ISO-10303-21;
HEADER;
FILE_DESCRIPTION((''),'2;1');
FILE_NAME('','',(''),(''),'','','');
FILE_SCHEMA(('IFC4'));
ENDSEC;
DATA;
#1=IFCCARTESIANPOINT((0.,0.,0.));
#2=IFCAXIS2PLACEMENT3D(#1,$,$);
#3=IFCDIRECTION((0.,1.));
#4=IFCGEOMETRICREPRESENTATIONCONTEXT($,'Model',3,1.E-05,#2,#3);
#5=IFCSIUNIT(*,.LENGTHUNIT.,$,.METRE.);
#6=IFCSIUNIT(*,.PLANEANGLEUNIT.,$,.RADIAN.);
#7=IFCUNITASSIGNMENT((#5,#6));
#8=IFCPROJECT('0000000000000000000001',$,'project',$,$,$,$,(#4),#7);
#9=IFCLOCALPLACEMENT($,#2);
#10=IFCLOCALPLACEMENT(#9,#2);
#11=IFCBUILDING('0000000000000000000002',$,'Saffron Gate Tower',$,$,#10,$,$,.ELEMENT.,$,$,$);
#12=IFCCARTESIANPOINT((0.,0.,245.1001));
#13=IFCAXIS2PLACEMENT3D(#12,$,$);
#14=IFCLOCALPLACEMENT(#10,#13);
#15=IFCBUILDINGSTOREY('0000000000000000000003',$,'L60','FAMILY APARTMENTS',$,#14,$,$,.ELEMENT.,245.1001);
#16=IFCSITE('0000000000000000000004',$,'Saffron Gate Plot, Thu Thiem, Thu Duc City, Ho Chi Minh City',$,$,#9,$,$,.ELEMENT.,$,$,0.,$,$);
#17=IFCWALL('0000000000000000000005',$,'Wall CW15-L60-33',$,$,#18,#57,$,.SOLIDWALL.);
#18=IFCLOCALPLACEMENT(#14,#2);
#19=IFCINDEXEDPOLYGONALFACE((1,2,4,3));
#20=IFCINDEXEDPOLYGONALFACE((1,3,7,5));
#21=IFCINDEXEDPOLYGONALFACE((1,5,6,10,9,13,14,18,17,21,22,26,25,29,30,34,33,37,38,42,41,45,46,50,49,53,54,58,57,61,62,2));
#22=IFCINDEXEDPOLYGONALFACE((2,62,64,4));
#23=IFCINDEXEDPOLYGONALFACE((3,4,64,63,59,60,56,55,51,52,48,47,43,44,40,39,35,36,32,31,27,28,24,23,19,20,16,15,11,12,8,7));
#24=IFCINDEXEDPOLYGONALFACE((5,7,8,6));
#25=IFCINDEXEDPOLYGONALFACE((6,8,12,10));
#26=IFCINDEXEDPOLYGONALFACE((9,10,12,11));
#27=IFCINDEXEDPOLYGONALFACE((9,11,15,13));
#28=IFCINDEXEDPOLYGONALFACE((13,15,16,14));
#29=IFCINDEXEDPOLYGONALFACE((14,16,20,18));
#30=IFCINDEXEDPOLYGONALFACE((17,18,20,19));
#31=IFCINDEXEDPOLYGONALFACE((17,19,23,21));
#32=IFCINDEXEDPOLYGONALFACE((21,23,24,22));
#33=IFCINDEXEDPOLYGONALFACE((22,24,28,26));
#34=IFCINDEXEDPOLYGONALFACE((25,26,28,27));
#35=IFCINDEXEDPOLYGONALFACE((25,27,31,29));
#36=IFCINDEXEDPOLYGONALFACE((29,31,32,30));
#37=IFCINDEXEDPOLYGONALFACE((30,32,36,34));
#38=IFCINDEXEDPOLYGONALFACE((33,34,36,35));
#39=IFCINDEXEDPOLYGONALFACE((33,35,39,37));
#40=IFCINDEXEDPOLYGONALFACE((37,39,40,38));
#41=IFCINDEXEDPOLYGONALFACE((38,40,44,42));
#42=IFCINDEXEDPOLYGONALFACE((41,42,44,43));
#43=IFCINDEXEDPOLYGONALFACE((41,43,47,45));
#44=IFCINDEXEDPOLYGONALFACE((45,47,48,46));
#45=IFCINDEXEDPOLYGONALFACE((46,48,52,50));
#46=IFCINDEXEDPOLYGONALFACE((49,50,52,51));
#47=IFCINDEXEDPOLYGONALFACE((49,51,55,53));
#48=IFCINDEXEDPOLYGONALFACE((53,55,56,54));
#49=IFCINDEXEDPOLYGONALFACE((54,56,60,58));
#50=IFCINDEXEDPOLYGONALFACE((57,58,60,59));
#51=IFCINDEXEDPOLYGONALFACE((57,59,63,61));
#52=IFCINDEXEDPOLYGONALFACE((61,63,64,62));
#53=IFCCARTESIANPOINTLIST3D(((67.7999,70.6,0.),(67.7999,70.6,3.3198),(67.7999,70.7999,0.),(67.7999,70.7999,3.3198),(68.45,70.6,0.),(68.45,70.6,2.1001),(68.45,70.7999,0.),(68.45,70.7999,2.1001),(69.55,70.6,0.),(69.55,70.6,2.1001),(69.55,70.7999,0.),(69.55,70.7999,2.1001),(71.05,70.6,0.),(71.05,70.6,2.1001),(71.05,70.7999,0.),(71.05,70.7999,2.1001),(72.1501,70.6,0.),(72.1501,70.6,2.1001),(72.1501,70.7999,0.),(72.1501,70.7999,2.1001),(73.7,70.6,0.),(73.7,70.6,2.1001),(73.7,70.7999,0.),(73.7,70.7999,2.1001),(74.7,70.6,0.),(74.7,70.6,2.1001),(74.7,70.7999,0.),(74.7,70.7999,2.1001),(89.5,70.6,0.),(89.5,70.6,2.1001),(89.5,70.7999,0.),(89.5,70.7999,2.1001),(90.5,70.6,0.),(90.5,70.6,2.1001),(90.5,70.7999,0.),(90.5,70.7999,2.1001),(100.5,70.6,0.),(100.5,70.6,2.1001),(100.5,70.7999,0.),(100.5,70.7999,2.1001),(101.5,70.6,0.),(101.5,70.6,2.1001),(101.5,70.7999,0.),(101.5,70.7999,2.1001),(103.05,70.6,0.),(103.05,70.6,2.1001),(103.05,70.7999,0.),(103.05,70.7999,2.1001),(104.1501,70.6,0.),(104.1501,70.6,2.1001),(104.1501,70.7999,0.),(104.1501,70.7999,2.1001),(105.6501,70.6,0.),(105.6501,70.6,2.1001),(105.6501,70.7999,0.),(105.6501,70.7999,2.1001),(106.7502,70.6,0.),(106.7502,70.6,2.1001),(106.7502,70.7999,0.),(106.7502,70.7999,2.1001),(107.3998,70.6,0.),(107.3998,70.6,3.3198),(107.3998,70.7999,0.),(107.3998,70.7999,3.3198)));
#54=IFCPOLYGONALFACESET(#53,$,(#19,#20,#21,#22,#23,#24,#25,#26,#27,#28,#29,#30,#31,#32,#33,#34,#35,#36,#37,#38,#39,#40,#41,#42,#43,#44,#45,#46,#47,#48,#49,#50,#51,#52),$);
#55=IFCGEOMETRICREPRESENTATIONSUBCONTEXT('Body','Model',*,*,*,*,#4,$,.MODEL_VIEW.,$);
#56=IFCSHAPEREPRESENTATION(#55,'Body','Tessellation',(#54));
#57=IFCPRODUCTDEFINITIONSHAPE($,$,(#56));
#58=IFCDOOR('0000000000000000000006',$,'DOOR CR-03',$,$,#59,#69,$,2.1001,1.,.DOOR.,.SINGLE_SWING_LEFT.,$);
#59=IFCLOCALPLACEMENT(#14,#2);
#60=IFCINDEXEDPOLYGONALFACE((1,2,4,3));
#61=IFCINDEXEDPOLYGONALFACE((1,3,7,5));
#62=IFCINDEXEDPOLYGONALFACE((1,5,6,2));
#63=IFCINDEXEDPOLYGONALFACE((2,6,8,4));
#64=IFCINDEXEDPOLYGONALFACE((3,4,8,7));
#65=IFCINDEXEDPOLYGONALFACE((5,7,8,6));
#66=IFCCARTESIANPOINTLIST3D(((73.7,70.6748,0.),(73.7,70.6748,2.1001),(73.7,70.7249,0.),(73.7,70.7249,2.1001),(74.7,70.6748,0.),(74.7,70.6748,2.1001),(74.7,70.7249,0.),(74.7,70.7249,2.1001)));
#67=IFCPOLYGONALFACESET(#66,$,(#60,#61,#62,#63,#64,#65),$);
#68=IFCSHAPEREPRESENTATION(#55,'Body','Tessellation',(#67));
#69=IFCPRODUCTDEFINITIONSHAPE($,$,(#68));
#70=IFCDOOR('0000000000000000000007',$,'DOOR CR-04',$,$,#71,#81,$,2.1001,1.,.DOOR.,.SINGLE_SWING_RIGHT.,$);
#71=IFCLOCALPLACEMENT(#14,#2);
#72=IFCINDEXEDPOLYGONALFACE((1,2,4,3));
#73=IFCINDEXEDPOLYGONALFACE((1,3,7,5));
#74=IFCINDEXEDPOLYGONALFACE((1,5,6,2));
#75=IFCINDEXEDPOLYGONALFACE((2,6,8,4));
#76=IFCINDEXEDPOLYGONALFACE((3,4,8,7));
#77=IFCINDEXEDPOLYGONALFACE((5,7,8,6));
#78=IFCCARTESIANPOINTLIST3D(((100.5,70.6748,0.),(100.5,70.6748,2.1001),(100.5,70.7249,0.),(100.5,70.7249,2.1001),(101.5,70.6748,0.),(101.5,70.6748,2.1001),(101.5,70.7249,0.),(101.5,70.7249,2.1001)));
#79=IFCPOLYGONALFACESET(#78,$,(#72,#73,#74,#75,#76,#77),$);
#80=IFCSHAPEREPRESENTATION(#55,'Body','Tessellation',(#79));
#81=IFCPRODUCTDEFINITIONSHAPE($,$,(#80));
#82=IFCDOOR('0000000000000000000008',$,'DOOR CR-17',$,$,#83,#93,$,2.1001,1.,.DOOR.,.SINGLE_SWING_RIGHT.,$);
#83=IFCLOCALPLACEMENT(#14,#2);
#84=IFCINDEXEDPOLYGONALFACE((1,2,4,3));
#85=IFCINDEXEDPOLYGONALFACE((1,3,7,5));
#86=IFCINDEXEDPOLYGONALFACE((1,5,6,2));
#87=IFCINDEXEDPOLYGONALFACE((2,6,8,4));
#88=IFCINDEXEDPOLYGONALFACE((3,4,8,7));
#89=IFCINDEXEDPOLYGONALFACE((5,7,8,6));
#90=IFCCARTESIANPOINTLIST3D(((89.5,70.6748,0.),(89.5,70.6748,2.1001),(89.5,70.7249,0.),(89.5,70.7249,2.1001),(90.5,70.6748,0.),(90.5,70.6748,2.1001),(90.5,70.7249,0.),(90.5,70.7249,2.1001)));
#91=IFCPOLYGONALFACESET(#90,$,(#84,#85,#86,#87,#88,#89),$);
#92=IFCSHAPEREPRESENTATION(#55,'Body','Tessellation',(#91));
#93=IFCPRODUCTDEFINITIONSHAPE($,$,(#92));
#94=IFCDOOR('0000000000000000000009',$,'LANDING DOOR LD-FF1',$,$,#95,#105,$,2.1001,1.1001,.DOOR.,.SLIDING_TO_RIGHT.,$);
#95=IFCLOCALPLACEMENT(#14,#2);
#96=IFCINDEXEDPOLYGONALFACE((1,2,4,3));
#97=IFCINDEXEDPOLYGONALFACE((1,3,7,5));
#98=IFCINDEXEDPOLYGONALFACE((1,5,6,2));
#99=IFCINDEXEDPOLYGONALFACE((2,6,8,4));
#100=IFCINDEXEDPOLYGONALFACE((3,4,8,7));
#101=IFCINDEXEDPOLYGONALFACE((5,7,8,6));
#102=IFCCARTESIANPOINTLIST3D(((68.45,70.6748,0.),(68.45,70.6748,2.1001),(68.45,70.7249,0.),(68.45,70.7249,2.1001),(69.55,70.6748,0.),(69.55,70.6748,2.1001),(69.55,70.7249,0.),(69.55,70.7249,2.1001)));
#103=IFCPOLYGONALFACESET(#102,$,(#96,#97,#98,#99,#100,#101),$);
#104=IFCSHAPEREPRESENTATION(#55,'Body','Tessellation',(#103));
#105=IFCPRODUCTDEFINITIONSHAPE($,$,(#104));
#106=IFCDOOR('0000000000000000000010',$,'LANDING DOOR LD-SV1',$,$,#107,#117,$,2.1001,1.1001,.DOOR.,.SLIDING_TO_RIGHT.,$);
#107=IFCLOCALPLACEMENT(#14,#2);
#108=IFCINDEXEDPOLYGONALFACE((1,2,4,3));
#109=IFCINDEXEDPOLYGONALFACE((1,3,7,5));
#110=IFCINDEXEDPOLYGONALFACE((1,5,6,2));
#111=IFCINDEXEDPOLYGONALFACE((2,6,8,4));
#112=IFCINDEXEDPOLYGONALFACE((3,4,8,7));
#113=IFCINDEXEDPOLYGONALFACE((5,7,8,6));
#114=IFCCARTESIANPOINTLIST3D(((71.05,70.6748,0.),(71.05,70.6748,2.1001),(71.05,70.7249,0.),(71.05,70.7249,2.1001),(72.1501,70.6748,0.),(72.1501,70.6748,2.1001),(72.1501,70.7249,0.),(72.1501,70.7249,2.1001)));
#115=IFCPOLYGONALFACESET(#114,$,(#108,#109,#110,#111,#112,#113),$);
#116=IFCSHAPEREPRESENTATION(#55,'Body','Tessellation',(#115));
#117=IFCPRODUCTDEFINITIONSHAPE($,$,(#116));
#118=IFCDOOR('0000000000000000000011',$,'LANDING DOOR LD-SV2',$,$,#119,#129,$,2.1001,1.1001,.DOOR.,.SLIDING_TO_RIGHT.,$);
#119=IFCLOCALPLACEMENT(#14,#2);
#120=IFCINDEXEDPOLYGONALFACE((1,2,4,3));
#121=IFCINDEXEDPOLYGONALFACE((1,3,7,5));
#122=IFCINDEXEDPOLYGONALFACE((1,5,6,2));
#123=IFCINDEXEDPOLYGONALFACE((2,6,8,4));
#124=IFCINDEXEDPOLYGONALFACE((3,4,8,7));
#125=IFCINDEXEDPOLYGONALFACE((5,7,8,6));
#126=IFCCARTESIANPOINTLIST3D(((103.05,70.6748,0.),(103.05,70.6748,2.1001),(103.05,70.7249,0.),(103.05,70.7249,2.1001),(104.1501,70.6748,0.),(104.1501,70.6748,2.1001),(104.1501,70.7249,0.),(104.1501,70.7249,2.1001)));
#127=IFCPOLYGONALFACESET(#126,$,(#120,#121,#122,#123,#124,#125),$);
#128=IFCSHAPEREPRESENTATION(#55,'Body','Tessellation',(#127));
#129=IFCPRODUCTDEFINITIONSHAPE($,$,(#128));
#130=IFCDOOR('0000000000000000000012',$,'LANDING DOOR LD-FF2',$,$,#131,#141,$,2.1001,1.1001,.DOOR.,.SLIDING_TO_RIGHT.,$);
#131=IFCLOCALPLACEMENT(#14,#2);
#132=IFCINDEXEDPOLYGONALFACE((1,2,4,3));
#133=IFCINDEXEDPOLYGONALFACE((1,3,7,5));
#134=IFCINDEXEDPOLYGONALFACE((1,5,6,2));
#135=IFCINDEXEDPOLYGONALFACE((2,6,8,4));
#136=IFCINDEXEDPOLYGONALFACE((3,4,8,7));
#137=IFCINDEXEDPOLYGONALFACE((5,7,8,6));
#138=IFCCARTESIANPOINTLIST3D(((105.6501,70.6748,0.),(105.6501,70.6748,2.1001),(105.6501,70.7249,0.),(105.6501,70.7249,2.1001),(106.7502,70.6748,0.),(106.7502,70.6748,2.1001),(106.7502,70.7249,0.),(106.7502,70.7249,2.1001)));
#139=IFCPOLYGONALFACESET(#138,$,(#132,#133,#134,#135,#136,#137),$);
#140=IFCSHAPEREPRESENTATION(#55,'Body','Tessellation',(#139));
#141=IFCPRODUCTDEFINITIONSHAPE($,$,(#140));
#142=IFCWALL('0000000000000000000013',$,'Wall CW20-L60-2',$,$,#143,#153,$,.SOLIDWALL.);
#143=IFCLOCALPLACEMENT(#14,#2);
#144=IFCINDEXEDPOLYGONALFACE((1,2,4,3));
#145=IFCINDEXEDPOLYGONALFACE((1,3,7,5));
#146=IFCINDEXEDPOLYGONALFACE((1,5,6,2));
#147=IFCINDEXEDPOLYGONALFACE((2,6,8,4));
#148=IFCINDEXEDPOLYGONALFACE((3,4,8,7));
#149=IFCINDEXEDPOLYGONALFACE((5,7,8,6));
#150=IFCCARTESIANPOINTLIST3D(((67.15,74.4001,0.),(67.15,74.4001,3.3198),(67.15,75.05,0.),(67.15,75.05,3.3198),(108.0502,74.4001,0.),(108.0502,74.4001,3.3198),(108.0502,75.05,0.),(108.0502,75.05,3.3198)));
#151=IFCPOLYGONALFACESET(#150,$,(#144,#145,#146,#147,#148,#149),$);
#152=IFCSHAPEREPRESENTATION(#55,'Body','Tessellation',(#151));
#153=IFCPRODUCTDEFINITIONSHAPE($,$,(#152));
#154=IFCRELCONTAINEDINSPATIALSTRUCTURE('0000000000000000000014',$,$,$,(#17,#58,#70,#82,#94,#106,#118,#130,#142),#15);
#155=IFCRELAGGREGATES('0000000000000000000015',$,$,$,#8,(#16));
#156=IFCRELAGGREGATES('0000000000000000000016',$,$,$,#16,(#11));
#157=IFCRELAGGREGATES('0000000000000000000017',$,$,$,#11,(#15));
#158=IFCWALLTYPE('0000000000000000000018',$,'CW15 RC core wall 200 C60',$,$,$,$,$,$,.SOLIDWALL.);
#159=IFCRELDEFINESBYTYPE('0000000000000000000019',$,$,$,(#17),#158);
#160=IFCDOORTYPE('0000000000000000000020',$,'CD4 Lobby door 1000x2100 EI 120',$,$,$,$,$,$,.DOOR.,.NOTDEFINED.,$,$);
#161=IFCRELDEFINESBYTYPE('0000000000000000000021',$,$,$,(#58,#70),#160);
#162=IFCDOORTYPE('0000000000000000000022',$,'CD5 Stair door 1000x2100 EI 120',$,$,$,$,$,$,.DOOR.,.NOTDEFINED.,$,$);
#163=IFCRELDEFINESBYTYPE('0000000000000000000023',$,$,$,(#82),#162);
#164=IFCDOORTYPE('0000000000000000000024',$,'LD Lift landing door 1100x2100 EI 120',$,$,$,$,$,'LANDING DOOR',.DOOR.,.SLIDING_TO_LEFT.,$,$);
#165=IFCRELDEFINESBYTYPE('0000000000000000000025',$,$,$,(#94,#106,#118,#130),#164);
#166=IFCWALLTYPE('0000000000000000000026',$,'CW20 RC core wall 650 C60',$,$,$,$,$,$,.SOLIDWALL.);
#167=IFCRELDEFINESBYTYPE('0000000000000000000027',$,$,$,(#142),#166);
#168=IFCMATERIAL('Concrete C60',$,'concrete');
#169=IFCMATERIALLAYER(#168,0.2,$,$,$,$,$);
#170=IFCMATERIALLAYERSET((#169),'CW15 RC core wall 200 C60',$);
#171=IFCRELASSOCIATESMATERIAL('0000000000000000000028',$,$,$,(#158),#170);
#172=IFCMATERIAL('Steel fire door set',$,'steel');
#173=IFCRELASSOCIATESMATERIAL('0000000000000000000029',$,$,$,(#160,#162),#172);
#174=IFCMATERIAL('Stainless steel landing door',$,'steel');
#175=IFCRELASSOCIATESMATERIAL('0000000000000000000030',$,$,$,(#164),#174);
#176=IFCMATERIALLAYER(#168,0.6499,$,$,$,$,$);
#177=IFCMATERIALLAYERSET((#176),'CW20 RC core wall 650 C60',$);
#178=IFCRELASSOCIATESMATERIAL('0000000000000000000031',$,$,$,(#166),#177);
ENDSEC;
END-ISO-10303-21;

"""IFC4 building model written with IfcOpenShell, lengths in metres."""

from ifc_helpers import new_model, si_unit, direction, frame, frame_2d, origin, place, context, subcontext, project, spatial, rectangle, extrude, material, layer, layer_set, type_object, element, fill, save


model = new_model("IFC4")

# Units and contexts
model_context = context("Model", 3, precision=1e-05, world=origin(), true_north=direction((0.0, 1.0)))
body_context = subcontext(model_context, "Body", "Model", "MODEL_VIEW")
ifc_project = project(units=[si_unit("LENGTHUNIT", "METRE"), si_unit("PLANEANGLEUNIT", "RADIAN")], contexts=[model_context])

# Site, building, storey
site_placement = place(None, origin())
site = spatial("IfcSite", under=ifc_project, at=site_placement, Name="Saffron Gate Plot, Thu Thiem, Thu Duc City, Ho Chi Minh City", CompositionType="ELEMENT", RefElevation=0.0)
building_placement = place(site_placement, origin())
building = spatial("IfcBuilding", under=site, at=building_placement, Name="Saffron Gate Tower", CompositionType="ELEMENT")
storey_placement = place(building_placement, frame((0.0, 0.0, 245.1001)))
storey = spatial("IfcBuildingStorey", under=building, at=storey_placement, Name="L60", Description="FAMILY APARTMENTS", CompositionType="ELEMENT", Elevation=245.1001)

# Wall, openings, doors
ifc_material_1 = material(Name="Concrete C60", Category="concrete")
ifc_layer_1 = layer(ifc_material_1, 0.2)
ifc_layer_set_1 = layer_set([ifc_layer_1], Name="CW15 RC core wall 200 C60")
wall_type_1 = type_object("IfcWallType", Name="CW15 RC core wall 200 C60", PredefinedType="SOLIDWALL", material=ifc_layer_set_1)
wall_1_placement = place(storey_placement, frame((67.8, 70.7, 0.0), z_axis=(0.0, 0.0, 1.0), x_axis=(1.0, 0.0, 0.0)))
wall_1 = element("IfcWall", 1, at=wall_1_placement, inside=storey, type_object=wall_type_1, Name="Wall CW15-L60-33", PredefinedType="SOLIDWALL", context=body_context, shape_type="SweptSolid", body=[
    extrude(rectangle(XDim=39.5999, YDim=0.2, at=frame_2d((19.7998, 0.0))), origin(), (0.0, 0.0, 1.0), 3.3198),
])
opening_1_placement = place(wall_1_placement, frame((0.6499, 0.0, 0.0)))
opening_1 = element("IfcOpeningElement", 2, at=opening_1_placement, cuts=wall_1, PredefinedType="OPENING", context=body_context, shape_type="SweptSolid", body=[
    extrude(rectangle(XDim=1.1001, YDim=2.1001, at=frame_2d((0.55, 1.05))), frame((0.0, 0.1099, 0.0), z_axis=(0.0, -1.0, 0.0), x_axis=(1.0, 0.0, 0.0)), (0.0, 0.0, 1.0), 0.22),
])
opening_2_placement = place(wall_1_placement, frame((3.25, 0.0, 0.0)))
opening_2 = element("IfcOpeningElement", 3, at=opening_2_placement, cuts=wall_1, PredefinedType="OPENING", context=body_context, shape_type="SweptSolid", body=[
    extrude(rectangle(XDim=1.1001, YDim=2.1001, at=frame_2d((0.55, 1.05))), frame((0.0, 0.1099, 0.0), z_axis=(0.0, -1.0, 0.0), x_axis=(1.0, 0.0, 0.0)), (0.0, 0.0, 1.0), 0.22),
])
opening_3_placement = place(wall_1_placement, frame((5.8999, 0.0, 0.0)))
opening_3 = element("IfcOpeningElement", 4, at=opening_3_placement, cuts=wall_1, PredefinedType="OPENING", context=body_context, shape_type="SweptSolid", body=[
    extrude(rectangle(XDim=1.0, YDim=2.1001, at=frame_2d((0.5, 1.05))), frame((0.0, 0.1099, 0.0), z_axis=(0.0, -1.0, 0.0), x_axis=(1.0, 0.0, 0.0)), (0.0, 0.0, 1.0), 0.22),
])
opening_4_placement = place(wall_1_placement, frame((21.7, 0.0, 0.0)))
opening_4 = element("IfcOpeningElement", 5, at=opening_4_placement, cuts=wall_1, PredefinedType="OPENING", context=body_context, shape_type="SweptSolid", body=[
    extrude(rectangle(XDim=1.0, YDim=2.1001, at=frame_2d((0.5, 1.05))), frame((0.0, 0.1099, 0.0), z_axis=(0.0, -1.0, 0.0), x_axis=(1.0, 0.0, 0.0)), (0.0, 0.0, 1.0), 0.22),
])
opening_5_placement = place(wall_1_placement, frame((32.7, 0.0, 0.0)))
opening_5 = element("IfcOpeningElement", 6, at=opening_5_placement, cuts=wall_1, PredefinedType="OPENING", context=body_context, shape_type="SweptSolid", body=[
    extrude(rectangle(XDim=1.0, YDim=2.1001, at=frame_2d((0.5, 1.05))), frame((0.0, 0.1099, 0.0), z_axis=(0.0, -1.0, 0.0), x_axis=(1.0, 0.0, 0.0)), (0.0, 0.0, 1.0), 0.22),
])
opening_6_placement = place(wall_1_placement, frame((35.25, 0.0, 0.0)))
opening_6 = element("IfcOpeningElement", 7, at=opening_6_placement, cuts=wall_1, PredefinedType="OPENING", context=body_context, shape_type="SweptSolid", body=[
    extrude(rectangle(XDim=1.1001, YDim=2.1001, at=frame_2d((0.55, 1.05))), frame((0.0, 0.1099, 0.0), z_axis=(0.0, -1.0, 0.0), x_axis=(1.0, 0.0, 0.0)), (0.0, 0.0, 1.0), 0.22),
])
opening_7_placement = place(wall_1_placement, frame((37.8501, 0.0, 0.0)))
opening_7 = element("IfcOpeningElement", 8, at=opening_7_placement, cuts=wall_1, PredefinedType="OPENING", context=body_context, shape_type="SweptSolid", body=[
    extrude(rectangle(XDim=1.1001, YDim=2.1001, at=frame_2d((0.55, 1.05))), frame((0.0, 0.1099, 0.0), z_axis=(0.0, -1.0, 0.0), x_axis=(1.0, 0.0, 0.0)), (0.0, 0.0, 1.0), 0.22),
])
ifc_material_2 = material(Name="Steel fire door set", Category="steel")
door_type_1 = type_object("IfcDoorType", Name="CD4 Lobby door 1000x2100 EI 120", OperationType="NOTDEFINED", PredefinedType="DOOR", material=ifc_material_2)
door_1_placement = place(opening_3_placement, origin())
door_1 = element("IfcDoor", 9, at=door_1_placement, inside=storey, type_object=door_type_1, Name="DOOR CR-03", OperationType="SINGLE_SWING_LEFT", OverallHeight=2.1001, OverallWidth=1.0, PredefinedType="DOOR", context=body_context, shape_type="SweptSolid", body=[
    extrude(rectangle(XDim=1.0, YDim=2.1001, at=frame_2d((0.5, 1.05))), frame((0.0, 0.0249, 0.0), z_axis=(0.0, -1.0, 0.0), x_axis=(1.0, 0.0, 0.0)), (0.0, 0.0, 1.0), 0.05),
])
fill(opening_3, door_1)
door_2_placement = place(opening_5_placement, origin())
door_2 = element("IfcDoor", 10, at=door_2_placement, inside=storey, type_object=door_type_1, Name="DOOR CR-04", OperationType="SINGLE_SWING_RIGHT", OverallHeight=2.1001, OverallWidth=1.0, PredefinedType="DOOR", context=body_context, shape_type="SweptSolid", body=[
    extrude(rectangle(XDim=1.0, YDim=2.1001, at=frame_2d((0.5, 1.05))), frame((0.0, 0.0249, 0.0), z_axis=(0.0, -1.0, 0.0), x_axis=(1.0, 0.0, 0.0)), (0.0, 0.0, 1.0), 0.05),
])
fill(opening_5, door_2)
door_type_2 = type_object("IfcDoorType", Name="CD5 Stair door 1000x2100 EI 120", OperationType="NOTDEFINED", PredefinedType="DOOR", material=ifc_material_2)
door_3_placement = place(opening_4_placement, origin())
door_3 = element("IfcDoor", 11, at=door_3_placement, inside=storey, type_object=door_type_2, Name="DOOR CR-17", OperationType="SINGLE_SWING_RIGHT", OverallHeight=2.1001, OverallWidth=1.0, PredefinedType="DOOR", context=body_context, shape_type="SweptSolid", body=[
    extrude(rectangle(XDim=1.0, YDim=2.1001, at=frame_2d((0.5, 1.05))), frame((0.0, 0.0249, 0.0), z_axis=(0.0, -1.0, 0.0), x_axis=(1.0, 0.0, 0.0)), (0.0, 0.0, 1.0), 0.05),
])
fill(opening_4, door_3)
ifc_material_3 = material(Name="Stainless steel landing door", Category="steel")
door_type_3 = type_object("IfcDoorType", Name="LD Lift landing door 1100x2100 EI 120", ElementType="LANDING DOOR", OperationType="SLIDING_TO_LEFT", PredefinedType="DOOR", material=ifc_material_3)
door_4_placement = place(opening_1_placement, origin())
door_4 = element("IfcDoor", 12, at=door_4_placement, inside=storey, type_object=door_type_3, Name="LANDING DOOR LD-FF1", OperationType="SLIDING_TO_RIGHT", OverallHeight=2.1001, OverallWidth=1.1001, PredefinedType="DOOR", context=body_context, shape_type="SweptSolid", body=[
    extrude(rectangle(XDim=1.1001, YDim=2.1001, at=frame_2d((0.55, 1.05))), frame((0.0, 0.0249, 0.0), z_axis=(0.0, -1.0, 0.0), x_axis=(1.0, 0.0, 0.0)), (0.0, 0.0, 1.0), 0.05),
])
fill(opening_1, door_4)
door_5_placement = place(opening_2_placement, origin())
door_5 = element("IfcDoor", 13, at=door_5_placement, inside=storey, type_object=door_type_3, Name="LANDING DOOR LD-SV1", OperationType="SLIDING_TO_RIGHT", OverallHeight=2.1001, OverallWidth=1.1001, PredefinedType="DOOR", context=body_context, shape_type="SweptSolid", body=[
    extrude(rectangle(XDim=1.1001, YDim=2.1001, at=frame_2d((0.55, 1.05))), frame((0.0, 0.0249, 0.0), z_axis=(0.0, -1.0, 0.0), x_axis=(1.0, 0.0, 0.0)), (0.0, 0.0, 1.0), 0.05),
])
fill(opening_2, door_5)
door_6_placement = place(opening_6_placement, origin())
door_6 = element("IfcDoor", 14, at=door_6_placement, inside=storey, type_object=door_type_3, Name="LANDING DOOR LD-SV2", OperationType="SLIDING_TO_RIGHT", OverallHeight=2.1001, OverallWidth=1.1001, PredefinedType="DOOR", context=body_context, shape_type="SweptSolid", body=[
    extrude(rectangle(XDim=1.1001, YDim=2.1001, at=frame_2d((0.55, 1.05))), frame((0.0, 0.0249, 0.0), z_axis=(0.0, -1.0, 0.0), x_axis=(1.0, 0.0, 0.0)), (0.0, 0.0, 1.0), 0.05),
])
fill(opening_6, door_6)
door_7_placement = place(opening_7_placement, origin())
door_7 = element("IfcDoor", 15, at=door_7_placement, inside=storey, type_object=door_type_3, Name="LANDING DOOR LD-FF2", OperationType="SLIDING_TO_RIGHT", OverallHeight=2.1001, OverallWidth=1.1001, PredefinedType="DOOR", context=body_context, shape_type="SweptSolid", body=[
    extrude(rectangle(XDim=1.1001, YDim=2.1001, at=frame_2d((0.55, 1.05))), frame((0.0, 0.0249, 0.0), z_axis=(0.0, -1.0, 0.0), x_axis=(1.0, 0.0, 0.0)), (0.0, 0.0, 1.0), 0.05),
])
fill(opening_7, door_7)

# Wall
ifc_layer_2 = layer(ifc_material_1, 0.6499)
ifc_layer_set_2 = layer_set([ifc_layer_2], Name="CW20 RC core wall 650 C60")
wall_type_2 = type_object("IfcWallType", Name="CW20 RC core wall 650 C60", PredefinedType="SOLIDWALL", material=ifc_layer_set_2)
wall_2_placement = place(storey_placement, frame((67.1499, 74.7251, 0.0), z_axis=(0.0, 0.0, 1.0), x_axis=(1.0, 0.0, 0.0)))
element("IfcWall", 16, at=wall_2_placement, inside=storey, type_object=wall_type_2, Name="Wall CW20-L60-2", PredefinedType="SOLIDWALL", context=body_context, shape_type="SweptSolid", body=[
    extrude(rectangle(XDim=40.9001, YDim=0.6499, at=frame_2d((20.4502, 0.0))), origin(), (0.0, 0.0, 1.0), 3.3198),
])

save(model, "model.ifc")
